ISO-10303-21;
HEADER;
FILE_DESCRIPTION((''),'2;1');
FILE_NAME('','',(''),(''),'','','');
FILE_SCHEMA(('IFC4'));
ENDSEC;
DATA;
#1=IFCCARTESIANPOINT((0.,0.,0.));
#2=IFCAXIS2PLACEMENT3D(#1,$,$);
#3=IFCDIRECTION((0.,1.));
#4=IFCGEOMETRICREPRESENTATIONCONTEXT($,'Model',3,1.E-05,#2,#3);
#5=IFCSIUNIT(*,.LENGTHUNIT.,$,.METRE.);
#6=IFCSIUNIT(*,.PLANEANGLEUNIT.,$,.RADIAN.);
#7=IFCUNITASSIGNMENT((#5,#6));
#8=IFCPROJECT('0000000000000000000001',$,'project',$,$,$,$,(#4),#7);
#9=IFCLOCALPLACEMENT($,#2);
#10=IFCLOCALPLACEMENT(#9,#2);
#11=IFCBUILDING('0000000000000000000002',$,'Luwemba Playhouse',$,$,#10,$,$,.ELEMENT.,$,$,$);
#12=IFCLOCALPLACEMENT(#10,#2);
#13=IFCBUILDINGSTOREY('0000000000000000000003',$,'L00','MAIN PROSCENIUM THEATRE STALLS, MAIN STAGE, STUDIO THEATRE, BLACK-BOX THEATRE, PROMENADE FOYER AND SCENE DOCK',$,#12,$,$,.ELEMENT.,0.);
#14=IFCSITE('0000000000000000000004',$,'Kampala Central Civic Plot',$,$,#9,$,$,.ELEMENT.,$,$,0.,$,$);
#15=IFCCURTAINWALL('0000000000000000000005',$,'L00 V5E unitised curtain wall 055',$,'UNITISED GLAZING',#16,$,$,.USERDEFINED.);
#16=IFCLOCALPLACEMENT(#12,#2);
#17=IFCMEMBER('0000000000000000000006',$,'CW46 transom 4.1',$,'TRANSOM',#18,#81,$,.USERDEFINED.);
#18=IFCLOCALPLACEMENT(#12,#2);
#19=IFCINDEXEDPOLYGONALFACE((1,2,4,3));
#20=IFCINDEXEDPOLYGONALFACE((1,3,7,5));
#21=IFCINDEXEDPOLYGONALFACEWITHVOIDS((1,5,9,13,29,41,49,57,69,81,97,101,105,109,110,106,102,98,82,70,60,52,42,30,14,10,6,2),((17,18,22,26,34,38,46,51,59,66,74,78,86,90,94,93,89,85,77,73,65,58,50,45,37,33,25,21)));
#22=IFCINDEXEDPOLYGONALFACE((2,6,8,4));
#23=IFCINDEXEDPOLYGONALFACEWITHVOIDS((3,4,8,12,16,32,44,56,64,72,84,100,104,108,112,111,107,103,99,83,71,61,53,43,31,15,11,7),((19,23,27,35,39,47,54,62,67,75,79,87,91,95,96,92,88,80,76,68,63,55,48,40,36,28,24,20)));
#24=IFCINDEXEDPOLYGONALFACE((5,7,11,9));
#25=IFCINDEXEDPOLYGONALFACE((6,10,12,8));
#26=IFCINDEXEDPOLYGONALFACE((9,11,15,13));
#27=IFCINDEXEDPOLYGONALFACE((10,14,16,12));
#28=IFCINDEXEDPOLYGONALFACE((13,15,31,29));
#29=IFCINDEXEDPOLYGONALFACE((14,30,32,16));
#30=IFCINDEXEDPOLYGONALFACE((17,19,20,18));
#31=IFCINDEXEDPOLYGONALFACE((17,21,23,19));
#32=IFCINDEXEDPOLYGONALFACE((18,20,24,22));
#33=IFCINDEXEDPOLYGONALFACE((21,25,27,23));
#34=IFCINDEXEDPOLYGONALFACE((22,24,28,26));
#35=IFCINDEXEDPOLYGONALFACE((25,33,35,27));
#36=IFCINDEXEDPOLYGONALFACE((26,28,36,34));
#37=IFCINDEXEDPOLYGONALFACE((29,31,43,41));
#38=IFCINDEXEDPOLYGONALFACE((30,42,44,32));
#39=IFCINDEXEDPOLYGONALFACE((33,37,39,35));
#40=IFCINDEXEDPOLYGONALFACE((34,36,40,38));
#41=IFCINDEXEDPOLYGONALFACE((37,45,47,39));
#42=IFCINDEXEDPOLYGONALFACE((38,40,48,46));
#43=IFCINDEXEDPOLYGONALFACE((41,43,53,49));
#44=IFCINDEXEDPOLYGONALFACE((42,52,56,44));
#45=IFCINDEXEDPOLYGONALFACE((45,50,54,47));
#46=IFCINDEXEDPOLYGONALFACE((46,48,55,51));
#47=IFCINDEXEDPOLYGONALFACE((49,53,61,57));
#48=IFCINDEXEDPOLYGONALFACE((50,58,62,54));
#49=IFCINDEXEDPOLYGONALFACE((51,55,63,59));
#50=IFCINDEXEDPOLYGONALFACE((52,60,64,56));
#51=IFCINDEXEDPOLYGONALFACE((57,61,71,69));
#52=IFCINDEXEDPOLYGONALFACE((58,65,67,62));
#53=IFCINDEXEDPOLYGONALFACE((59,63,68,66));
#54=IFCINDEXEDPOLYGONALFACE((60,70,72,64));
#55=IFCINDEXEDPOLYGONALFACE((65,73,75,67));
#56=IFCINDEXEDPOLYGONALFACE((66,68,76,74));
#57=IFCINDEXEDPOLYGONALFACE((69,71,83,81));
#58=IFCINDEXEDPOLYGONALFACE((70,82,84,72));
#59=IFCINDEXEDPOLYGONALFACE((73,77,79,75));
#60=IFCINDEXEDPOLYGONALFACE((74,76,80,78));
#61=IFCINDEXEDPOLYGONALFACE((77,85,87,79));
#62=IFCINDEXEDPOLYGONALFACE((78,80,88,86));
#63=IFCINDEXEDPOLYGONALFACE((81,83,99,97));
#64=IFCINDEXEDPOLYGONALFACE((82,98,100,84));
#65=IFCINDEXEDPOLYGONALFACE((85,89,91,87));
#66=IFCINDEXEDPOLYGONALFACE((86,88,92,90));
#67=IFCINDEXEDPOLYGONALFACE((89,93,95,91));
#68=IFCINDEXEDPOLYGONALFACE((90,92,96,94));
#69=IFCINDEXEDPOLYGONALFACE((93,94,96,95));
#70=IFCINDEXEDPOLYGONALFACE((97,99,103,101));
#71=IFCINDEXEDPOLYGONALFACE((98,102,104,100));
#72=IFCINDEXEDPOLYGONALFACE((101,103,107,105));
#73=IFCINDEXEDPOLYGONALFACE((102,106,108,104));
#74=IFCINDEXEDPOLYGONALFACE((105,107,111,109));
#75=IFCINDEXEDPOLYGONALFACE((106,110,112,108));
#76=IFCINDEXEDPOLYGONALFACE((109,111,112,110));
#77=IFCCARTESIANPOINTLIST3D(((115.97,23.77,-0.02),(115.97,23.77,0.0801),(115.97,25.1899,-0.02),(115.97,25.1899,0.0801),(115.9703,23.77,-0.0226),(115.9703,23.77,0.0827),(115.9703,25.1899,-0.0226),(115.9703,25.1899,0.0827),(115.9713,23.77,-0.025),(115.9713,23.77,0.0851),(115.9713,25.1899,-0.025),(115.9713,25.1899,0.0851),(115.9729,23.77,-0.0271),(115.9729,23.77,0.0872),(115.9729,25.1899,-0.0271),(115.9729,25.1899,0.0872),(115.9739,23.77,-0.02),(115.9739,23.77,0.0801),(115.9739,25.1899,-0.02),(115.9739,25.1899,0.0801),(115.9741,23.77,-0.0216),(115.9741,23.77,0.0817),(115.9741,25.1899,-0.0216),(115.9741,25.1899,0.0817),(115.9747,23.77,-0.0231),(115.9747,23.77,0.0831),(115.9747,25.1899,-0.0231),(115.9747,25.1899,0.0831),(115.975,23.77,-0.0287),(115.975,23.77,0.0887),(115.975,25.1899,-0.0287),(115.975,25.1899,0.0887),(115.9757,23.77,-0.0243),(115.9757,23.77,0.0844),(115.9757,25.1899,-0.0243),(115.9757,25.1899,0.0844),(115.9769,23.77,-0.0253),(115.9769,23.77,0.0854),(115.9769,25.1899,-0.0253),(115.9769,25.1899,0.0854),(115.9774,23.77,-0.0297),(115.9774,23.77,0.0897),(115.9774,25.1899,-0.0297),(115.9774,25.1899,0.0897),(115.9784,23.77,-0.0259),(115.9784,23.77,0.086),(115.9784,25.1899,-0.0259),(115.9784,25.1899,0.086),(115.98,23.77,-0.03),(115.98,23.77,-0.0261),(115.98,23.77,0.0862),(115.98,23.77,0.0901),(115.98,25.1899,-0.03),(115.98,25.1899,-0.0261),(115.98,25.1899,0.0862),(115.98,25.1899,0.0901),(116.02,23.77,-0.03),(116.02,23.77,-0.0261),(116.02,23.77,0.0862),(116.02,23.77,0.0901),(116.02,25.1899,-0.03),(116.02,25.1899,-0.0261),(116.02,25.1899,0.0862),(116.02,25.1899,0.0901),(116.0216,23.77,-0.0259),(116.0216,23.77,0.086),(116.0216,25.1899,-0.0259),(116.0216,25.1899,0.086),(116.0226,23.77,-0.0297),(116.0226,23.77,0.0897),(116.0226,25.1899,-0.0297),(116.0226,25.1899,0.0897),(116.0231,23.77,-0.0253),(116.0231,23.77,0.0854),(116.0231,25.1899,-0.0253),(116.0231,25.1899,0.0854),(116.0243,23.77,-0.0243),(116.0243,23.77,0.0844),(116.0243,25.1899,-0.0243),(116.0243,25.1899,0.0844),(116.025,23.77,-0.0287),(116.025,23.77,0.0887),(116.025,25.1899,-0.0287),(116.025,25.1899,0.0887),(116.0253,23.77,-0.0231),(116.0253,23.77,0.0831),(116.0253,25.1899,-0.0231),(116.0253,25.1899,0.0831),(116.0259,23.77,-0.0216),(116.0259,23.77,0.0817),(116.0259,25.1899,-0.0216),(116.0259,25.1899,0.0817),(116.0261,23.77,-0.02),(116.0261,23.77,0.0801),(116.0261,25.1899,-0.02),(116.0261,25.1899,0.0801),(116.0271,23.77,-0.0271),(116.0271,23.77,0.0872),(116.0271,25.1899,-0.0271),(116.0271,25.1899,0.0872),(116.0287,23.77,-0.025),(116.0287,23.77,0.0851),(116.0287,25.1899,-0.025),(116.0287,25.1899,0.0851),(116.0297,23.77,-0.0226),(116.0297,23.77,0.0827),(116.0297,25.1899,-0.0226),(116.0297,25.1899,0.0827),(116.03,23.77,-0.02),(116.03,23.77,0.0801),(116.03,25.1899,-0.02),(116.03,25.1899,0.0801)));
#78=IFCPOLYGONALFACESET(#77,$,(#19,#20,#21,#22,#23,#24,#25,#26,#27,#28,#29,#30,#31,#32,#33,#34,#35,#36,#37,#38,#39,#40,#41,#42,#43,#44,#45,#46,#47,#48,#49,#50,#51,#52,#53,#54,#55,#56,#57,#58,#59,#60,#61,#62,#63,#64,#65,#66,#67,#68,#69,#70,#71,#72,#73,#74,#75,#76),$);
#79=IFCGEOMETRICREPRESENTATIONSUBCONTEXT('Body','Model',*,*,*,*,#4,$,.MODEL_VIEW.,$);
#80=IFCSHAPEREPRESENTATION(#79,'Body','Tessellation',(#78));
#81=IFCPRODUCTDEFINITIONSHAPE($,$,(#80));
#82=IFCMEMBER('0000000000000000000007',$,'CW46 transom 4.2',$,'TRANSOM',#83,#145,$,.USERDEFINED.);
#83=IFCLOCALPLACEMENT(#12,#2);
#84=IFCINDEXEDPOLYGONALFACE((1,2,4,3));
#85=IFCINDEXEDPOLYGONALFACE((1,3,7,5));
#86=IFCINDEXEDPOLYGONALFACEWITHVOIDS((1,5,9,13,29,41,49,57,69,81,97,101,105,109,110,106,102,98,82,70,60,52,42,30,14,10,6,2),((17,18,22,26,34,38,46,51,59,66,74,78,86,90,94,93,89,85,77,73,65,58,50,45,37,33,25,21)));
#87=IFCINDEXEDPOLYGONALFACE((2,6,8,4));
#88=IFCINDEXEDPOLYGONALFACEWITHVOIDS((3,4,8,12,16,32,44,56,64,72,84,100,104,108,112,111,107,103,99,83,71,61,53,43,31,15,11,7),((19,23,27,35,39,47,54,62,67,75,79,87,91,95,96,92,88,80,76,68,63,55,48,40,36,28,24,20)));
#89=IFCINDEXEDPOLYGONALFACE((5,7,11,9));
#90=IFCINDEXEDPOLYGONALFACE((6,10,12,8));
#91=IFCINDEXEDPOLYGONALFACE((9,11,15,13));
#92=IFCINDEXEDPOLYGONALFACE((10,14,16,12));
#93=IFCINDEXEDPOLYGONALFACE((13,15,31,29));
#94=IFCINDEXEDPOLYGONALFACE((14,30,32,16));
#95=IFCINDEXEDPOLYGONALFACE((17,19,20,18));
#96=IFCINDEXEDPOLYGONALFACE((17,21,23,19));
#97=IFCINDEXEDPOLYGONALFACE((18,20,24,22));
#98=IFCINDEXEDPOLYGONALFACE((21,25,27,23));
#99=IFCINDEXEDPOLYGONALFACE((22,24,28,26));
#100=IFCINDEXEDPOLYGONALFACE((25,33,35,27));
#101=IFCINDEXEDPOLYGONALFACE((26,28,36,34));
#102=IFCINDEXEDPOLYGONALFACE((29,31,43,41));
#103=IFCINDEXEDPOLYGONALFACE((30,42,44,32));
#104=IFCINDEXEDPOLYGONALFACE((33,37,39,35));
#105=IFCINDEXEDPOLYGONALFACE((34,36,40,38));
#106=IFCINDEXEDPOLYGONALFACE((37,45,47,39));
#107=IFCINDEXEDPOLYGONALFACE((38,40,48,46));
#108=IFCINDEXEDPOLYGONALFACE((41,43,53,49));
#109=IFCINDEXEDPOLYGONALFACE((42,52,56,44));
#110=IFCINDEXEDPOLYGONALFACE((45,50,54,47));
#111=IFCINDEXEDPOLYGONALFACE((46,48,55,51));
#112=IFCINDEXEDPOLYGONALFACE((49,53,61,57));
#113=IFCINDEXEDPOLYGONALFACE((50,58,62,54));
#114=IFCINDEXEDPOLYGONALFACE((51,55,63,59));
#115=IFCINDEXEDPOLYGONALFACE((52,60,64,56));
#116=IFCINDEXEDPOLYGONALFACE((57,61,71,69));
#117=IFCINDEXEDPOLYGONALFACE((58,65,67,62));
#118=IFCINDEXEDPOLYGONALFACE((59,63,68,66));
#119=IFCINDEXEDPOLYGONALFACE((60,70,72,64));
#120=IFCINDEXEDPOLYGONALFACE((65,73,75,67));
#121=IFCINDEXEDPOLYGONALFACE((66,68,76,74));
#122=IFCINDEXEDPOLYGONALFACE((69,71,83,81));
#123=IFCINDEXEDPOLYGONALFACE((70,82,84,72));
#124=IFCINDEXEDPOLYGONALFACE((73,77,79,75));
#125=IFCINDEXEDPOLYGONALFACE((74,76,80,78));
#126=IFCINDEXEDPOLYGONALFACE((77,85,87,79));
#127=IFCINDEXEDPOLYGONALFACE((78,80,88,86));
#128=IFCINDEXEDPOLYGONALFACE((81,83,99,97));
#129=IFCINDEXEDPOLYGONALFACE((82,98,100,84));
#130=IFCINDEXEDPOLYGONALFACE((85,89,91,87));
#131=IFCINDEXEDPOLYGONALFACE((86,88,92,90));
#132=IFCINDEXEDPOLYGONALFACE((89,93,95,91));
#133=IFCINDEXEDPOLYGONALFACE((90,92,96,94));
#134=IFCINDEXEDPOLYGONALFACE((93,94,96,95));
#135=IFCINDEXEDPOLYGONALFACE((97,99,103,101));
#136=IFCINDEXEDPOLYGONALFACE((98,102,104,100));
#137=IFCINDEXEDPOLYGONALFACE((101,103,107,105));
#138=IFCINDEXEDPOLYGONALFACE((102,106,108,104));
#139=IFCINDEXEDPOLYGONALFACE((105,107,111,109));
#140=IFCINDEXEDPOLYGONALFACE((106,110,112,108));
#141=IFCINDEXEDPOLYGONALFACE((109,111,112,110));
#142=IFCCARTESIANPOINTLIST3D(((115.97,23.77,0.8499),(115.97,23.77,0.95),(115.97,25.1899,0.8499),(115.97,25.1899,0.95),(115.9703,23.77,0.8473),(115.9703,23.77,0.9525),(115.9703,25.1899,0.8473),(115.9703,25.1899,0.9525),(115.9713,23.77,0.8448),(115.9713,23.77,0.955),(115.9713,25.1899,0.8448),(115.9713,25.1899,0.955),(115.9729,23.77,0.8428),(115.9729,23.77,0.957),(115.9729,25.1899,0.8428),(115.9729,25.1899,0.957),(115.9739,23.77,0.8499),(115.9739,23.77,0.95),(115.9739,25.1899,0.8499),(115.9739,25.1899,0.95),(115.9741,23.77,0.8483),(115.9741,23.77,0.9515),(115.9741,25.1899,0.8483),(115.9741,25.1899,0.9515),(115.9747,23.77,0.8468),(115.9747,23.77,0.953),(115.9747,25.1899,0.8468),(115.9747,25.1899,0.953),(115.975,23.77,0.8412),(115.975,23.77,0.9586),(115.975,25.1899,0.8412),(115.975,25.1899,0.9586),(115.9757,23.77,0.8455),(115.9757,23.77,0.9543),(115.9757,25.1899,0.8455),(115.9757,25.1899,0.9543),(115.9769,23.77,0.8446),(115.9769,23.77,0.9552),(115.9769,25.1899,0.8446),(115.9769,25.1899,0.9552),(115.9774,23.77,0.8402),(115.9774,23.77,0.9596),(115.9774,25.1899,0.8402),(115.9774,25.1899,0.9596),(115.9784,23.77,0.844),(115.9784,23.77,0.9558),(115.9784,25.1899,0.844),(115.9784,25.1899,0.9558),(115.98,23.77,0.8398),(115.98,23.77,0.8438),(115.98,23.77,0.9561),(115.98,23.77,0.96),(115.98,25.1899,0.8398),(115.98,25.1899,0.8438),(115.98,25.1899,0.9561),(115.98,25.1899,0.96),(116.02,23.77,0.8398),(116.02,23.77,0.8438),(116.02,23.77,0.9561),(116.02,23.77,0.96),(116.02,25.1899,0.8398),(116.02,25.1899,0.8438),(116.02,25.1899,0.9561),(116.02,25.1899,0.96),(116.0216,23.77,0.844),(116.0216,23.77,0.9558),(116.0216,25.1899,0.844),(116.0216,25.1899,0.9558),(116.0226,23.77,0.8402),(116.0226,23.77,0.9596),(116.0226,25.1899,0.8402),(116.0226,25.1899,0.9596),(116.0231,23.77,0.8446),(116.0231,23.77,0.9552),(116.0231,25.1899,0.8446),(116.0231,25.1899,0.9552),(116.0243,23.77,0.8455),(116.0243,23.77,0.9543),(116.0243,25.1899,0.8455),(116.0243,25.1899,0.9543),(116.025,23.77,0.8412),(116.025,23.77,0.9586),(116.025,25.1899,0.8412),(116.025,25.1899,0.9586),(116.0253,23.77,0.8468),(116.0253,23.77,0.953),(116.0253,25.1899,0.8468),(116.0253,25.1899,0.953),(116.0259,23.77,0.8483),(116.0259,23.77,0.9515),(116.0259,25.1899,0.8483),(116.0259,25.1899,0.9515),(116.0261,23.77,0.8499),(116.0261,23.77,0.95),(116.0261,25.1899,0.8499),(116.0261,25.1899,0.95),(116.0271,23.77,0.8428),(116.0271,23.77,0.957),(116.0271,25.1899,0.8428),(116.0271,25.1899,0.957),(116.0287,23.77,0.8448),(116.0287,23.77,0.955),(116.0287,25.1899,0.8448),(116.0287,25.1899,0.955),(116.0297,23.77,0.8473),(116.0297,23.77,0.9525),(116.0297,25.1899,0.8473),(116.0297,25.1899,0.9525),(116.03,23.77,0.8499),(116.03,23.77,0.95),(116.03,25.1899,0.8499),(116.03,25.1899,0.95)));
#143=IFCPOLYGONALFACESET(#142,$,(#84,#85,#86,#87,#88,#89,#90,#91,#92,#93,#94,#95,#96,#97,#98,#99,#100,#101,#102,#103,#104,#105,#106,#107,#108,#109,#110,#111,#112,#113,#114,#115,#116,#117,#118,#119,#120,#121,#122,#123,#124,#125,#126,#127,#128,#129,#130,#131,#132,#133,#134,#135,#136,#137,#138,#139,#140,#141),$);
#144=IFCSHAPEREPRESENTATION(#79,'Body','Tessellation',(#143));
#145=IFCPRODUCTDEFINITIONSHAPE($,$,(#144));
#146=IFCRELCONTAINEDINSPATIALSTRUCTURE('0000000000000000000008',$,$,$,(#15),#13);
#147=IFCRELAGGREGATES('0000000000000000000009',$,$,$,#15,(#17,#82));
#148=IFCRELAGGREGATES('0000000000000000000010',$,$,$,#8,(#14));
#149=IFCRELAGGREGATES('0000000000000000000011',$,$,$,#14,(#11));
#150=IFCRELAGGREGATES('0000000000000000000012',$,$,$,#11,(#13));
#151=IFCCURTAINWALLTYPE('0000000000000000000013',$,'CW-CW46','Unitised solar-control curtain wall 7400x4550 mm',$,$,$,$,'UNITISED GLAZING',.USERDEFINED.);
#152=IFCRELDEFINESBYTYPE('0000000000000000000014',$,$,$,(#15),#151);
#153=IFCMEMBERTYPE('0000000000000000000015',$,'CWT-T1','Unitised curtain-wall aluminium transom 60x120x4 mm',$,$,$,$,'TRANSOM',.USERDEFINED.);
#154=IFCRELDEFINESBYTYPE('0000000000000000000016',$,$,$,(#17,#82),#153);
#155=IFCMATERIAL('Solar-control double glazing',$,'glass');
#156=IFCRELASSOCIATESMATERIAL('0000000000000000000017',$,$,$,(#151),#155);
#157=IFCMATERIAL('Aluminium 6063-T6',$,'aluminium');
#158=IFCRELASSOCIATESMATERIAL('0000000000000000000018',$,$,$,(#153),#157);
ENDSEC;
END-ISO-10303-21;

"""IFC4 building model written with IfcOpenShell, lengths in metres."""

from ifc_helpers import new_model, si_unit, direction, frame, origin, origin_2d, place, context, subcontext, project, spatial, hollow_rectangle, extrude, material, material_profile, profile_set, type_object, element, aggregate, save


model = new_model("IFC4")

# Units and contexts
model_context = context("Model", 3, precision=1e-05, world=origin(), true_north=direction((0.0, 1.0)))
body_context = subcontext(model_context, "Body", "Model", "MODEL_VIEW")
ifc_project = project(units=[si_unit("LENGTHUNIT", "METRE"), si_unit("PLANEANGLEUNIT", "RADIAN")], contexts=[model_context])

# Site, building, storey
site_placement = place(None, origin())
site = spatial("IfcSite", under=ifc_project, at=site_placement, Name="Kampala Central Civic Plot", CompositionType="ELEMENT", RefElevation=0.0)
building_placement = place(site_placement, origin())
building = spatial("IfcBuilding", under=site, at=building_placement, Name="Luwemba Playhouse", CompositionType="ELEMENT")
storey_placement = place(building_placement, origin())
storey = spatial("IfcBuildingStorey", under=building, at=storey_placement, Name="L00", Description="MAIN PROSCENIUM THEATRE STALLS, MAIN STAGE, STUDIO THEATRE, BLACK-BOX THEATRE, PROMENADE FOYER AND SCENE DOCK", CompositionType="ELEMENT", Elevation=0.0)

# Curtain wall, members
ifc_material_1 = material(Name="Solar-control double glazing", Category="glass")
curtain_wall_type = type_object("IfcCurtainWallType", Name="CW-CW46", Description="Unitised solar-control curtain wall 7400x4550 mm", ElementType="UNITISED GLAZING", PredefinedType="USERDEFINED", material=ifc_material_1)
curtain_wall_placement = place(storey_placement, origin())
curtain_wall = element("IfcCurtainWall", 1, at=curtain_wall_placement, inside=storey, type_object=curtain_wall_type, Name="L00 V5E unitised curtain wall 055", ObjectType="UNITISED GLAZING", PredefinedType="USERDEFINED")
ifc_material_2 = material(Name="Aluminium 6063-T6", Category="aluminium")
ifc_material_profile_1 = material_profile(ifc_material_2, hollow_rectangle(XDim=0.0601, YDim=0.1201, WallThickness=0.0039, InnerFilletRadius=0.0061, OuterFilletRadius=0.01, at=origin_2d()))
ifc_profile_set_1 = profile_set([ifc_material_profile_1], Name="Aluminium 6063-T6")
member_type_1 = type_object("IfcMemberType", Name="CWT-T1", Description="Unitised curtain-wall aluminium transom 60x120x4 mm", ElementType="TRANSOM", PredefinedType="USERDEFINED", material=ifc_profile_set_1)
member_1_placement = place(storey_placement, frame((116.0, 23.77, 0.03), z_axis=(0.0, 1.0, 0.0), x_axis=(-1.0, 0.0, 0.0)))
member_1 = element("IfcMember", 2, at=member_1_placement, type_object=member_type_1, Name="CW46 transom 4.1", ObjectType="TRANSOM", PredefinedType="USERDEFINED", context=body_context, shape_type="SweptSolid", body=[
    extrude(hollow_rectangle(XDim=0.0601, YDim=0.1201, WallThickness=0.0039, InnerFilletRadius=0.0061, OuterFilletRadius=0.01, at=origin_2d()), origin(), (0.0, 0.0, 1.0), 1.4199),
])
member_2_placement = place(storey_placement, frame((116.0, 23.77, 0.8999), z_axis=(0.0, 1.0, 0.0), x_axis=(-1.0, 0.0, 0.0)))
member_2 = element("IfcMember", 3, at=member_2_placement, type_object=member_type_1, Name="CW46 transom 4.2", ObjectType="TRANSOM", PredefinedType="USERDEFINED", context=body_context, shape_type="SweptSolid", body=[
    extrude(hollow_rectangle(XDim=0.0601, YDim=0.1201, WallThickness=0.0039, InnerFilletRadius=0.0061, OuterFilletRadius=0.01, at=origin_2d()), origin(), (0.0, 0.0, 1.0), 1.4199),
])
aggregate(curtain_wall, [member_1, member_2])

save(model, "model.ifc")
